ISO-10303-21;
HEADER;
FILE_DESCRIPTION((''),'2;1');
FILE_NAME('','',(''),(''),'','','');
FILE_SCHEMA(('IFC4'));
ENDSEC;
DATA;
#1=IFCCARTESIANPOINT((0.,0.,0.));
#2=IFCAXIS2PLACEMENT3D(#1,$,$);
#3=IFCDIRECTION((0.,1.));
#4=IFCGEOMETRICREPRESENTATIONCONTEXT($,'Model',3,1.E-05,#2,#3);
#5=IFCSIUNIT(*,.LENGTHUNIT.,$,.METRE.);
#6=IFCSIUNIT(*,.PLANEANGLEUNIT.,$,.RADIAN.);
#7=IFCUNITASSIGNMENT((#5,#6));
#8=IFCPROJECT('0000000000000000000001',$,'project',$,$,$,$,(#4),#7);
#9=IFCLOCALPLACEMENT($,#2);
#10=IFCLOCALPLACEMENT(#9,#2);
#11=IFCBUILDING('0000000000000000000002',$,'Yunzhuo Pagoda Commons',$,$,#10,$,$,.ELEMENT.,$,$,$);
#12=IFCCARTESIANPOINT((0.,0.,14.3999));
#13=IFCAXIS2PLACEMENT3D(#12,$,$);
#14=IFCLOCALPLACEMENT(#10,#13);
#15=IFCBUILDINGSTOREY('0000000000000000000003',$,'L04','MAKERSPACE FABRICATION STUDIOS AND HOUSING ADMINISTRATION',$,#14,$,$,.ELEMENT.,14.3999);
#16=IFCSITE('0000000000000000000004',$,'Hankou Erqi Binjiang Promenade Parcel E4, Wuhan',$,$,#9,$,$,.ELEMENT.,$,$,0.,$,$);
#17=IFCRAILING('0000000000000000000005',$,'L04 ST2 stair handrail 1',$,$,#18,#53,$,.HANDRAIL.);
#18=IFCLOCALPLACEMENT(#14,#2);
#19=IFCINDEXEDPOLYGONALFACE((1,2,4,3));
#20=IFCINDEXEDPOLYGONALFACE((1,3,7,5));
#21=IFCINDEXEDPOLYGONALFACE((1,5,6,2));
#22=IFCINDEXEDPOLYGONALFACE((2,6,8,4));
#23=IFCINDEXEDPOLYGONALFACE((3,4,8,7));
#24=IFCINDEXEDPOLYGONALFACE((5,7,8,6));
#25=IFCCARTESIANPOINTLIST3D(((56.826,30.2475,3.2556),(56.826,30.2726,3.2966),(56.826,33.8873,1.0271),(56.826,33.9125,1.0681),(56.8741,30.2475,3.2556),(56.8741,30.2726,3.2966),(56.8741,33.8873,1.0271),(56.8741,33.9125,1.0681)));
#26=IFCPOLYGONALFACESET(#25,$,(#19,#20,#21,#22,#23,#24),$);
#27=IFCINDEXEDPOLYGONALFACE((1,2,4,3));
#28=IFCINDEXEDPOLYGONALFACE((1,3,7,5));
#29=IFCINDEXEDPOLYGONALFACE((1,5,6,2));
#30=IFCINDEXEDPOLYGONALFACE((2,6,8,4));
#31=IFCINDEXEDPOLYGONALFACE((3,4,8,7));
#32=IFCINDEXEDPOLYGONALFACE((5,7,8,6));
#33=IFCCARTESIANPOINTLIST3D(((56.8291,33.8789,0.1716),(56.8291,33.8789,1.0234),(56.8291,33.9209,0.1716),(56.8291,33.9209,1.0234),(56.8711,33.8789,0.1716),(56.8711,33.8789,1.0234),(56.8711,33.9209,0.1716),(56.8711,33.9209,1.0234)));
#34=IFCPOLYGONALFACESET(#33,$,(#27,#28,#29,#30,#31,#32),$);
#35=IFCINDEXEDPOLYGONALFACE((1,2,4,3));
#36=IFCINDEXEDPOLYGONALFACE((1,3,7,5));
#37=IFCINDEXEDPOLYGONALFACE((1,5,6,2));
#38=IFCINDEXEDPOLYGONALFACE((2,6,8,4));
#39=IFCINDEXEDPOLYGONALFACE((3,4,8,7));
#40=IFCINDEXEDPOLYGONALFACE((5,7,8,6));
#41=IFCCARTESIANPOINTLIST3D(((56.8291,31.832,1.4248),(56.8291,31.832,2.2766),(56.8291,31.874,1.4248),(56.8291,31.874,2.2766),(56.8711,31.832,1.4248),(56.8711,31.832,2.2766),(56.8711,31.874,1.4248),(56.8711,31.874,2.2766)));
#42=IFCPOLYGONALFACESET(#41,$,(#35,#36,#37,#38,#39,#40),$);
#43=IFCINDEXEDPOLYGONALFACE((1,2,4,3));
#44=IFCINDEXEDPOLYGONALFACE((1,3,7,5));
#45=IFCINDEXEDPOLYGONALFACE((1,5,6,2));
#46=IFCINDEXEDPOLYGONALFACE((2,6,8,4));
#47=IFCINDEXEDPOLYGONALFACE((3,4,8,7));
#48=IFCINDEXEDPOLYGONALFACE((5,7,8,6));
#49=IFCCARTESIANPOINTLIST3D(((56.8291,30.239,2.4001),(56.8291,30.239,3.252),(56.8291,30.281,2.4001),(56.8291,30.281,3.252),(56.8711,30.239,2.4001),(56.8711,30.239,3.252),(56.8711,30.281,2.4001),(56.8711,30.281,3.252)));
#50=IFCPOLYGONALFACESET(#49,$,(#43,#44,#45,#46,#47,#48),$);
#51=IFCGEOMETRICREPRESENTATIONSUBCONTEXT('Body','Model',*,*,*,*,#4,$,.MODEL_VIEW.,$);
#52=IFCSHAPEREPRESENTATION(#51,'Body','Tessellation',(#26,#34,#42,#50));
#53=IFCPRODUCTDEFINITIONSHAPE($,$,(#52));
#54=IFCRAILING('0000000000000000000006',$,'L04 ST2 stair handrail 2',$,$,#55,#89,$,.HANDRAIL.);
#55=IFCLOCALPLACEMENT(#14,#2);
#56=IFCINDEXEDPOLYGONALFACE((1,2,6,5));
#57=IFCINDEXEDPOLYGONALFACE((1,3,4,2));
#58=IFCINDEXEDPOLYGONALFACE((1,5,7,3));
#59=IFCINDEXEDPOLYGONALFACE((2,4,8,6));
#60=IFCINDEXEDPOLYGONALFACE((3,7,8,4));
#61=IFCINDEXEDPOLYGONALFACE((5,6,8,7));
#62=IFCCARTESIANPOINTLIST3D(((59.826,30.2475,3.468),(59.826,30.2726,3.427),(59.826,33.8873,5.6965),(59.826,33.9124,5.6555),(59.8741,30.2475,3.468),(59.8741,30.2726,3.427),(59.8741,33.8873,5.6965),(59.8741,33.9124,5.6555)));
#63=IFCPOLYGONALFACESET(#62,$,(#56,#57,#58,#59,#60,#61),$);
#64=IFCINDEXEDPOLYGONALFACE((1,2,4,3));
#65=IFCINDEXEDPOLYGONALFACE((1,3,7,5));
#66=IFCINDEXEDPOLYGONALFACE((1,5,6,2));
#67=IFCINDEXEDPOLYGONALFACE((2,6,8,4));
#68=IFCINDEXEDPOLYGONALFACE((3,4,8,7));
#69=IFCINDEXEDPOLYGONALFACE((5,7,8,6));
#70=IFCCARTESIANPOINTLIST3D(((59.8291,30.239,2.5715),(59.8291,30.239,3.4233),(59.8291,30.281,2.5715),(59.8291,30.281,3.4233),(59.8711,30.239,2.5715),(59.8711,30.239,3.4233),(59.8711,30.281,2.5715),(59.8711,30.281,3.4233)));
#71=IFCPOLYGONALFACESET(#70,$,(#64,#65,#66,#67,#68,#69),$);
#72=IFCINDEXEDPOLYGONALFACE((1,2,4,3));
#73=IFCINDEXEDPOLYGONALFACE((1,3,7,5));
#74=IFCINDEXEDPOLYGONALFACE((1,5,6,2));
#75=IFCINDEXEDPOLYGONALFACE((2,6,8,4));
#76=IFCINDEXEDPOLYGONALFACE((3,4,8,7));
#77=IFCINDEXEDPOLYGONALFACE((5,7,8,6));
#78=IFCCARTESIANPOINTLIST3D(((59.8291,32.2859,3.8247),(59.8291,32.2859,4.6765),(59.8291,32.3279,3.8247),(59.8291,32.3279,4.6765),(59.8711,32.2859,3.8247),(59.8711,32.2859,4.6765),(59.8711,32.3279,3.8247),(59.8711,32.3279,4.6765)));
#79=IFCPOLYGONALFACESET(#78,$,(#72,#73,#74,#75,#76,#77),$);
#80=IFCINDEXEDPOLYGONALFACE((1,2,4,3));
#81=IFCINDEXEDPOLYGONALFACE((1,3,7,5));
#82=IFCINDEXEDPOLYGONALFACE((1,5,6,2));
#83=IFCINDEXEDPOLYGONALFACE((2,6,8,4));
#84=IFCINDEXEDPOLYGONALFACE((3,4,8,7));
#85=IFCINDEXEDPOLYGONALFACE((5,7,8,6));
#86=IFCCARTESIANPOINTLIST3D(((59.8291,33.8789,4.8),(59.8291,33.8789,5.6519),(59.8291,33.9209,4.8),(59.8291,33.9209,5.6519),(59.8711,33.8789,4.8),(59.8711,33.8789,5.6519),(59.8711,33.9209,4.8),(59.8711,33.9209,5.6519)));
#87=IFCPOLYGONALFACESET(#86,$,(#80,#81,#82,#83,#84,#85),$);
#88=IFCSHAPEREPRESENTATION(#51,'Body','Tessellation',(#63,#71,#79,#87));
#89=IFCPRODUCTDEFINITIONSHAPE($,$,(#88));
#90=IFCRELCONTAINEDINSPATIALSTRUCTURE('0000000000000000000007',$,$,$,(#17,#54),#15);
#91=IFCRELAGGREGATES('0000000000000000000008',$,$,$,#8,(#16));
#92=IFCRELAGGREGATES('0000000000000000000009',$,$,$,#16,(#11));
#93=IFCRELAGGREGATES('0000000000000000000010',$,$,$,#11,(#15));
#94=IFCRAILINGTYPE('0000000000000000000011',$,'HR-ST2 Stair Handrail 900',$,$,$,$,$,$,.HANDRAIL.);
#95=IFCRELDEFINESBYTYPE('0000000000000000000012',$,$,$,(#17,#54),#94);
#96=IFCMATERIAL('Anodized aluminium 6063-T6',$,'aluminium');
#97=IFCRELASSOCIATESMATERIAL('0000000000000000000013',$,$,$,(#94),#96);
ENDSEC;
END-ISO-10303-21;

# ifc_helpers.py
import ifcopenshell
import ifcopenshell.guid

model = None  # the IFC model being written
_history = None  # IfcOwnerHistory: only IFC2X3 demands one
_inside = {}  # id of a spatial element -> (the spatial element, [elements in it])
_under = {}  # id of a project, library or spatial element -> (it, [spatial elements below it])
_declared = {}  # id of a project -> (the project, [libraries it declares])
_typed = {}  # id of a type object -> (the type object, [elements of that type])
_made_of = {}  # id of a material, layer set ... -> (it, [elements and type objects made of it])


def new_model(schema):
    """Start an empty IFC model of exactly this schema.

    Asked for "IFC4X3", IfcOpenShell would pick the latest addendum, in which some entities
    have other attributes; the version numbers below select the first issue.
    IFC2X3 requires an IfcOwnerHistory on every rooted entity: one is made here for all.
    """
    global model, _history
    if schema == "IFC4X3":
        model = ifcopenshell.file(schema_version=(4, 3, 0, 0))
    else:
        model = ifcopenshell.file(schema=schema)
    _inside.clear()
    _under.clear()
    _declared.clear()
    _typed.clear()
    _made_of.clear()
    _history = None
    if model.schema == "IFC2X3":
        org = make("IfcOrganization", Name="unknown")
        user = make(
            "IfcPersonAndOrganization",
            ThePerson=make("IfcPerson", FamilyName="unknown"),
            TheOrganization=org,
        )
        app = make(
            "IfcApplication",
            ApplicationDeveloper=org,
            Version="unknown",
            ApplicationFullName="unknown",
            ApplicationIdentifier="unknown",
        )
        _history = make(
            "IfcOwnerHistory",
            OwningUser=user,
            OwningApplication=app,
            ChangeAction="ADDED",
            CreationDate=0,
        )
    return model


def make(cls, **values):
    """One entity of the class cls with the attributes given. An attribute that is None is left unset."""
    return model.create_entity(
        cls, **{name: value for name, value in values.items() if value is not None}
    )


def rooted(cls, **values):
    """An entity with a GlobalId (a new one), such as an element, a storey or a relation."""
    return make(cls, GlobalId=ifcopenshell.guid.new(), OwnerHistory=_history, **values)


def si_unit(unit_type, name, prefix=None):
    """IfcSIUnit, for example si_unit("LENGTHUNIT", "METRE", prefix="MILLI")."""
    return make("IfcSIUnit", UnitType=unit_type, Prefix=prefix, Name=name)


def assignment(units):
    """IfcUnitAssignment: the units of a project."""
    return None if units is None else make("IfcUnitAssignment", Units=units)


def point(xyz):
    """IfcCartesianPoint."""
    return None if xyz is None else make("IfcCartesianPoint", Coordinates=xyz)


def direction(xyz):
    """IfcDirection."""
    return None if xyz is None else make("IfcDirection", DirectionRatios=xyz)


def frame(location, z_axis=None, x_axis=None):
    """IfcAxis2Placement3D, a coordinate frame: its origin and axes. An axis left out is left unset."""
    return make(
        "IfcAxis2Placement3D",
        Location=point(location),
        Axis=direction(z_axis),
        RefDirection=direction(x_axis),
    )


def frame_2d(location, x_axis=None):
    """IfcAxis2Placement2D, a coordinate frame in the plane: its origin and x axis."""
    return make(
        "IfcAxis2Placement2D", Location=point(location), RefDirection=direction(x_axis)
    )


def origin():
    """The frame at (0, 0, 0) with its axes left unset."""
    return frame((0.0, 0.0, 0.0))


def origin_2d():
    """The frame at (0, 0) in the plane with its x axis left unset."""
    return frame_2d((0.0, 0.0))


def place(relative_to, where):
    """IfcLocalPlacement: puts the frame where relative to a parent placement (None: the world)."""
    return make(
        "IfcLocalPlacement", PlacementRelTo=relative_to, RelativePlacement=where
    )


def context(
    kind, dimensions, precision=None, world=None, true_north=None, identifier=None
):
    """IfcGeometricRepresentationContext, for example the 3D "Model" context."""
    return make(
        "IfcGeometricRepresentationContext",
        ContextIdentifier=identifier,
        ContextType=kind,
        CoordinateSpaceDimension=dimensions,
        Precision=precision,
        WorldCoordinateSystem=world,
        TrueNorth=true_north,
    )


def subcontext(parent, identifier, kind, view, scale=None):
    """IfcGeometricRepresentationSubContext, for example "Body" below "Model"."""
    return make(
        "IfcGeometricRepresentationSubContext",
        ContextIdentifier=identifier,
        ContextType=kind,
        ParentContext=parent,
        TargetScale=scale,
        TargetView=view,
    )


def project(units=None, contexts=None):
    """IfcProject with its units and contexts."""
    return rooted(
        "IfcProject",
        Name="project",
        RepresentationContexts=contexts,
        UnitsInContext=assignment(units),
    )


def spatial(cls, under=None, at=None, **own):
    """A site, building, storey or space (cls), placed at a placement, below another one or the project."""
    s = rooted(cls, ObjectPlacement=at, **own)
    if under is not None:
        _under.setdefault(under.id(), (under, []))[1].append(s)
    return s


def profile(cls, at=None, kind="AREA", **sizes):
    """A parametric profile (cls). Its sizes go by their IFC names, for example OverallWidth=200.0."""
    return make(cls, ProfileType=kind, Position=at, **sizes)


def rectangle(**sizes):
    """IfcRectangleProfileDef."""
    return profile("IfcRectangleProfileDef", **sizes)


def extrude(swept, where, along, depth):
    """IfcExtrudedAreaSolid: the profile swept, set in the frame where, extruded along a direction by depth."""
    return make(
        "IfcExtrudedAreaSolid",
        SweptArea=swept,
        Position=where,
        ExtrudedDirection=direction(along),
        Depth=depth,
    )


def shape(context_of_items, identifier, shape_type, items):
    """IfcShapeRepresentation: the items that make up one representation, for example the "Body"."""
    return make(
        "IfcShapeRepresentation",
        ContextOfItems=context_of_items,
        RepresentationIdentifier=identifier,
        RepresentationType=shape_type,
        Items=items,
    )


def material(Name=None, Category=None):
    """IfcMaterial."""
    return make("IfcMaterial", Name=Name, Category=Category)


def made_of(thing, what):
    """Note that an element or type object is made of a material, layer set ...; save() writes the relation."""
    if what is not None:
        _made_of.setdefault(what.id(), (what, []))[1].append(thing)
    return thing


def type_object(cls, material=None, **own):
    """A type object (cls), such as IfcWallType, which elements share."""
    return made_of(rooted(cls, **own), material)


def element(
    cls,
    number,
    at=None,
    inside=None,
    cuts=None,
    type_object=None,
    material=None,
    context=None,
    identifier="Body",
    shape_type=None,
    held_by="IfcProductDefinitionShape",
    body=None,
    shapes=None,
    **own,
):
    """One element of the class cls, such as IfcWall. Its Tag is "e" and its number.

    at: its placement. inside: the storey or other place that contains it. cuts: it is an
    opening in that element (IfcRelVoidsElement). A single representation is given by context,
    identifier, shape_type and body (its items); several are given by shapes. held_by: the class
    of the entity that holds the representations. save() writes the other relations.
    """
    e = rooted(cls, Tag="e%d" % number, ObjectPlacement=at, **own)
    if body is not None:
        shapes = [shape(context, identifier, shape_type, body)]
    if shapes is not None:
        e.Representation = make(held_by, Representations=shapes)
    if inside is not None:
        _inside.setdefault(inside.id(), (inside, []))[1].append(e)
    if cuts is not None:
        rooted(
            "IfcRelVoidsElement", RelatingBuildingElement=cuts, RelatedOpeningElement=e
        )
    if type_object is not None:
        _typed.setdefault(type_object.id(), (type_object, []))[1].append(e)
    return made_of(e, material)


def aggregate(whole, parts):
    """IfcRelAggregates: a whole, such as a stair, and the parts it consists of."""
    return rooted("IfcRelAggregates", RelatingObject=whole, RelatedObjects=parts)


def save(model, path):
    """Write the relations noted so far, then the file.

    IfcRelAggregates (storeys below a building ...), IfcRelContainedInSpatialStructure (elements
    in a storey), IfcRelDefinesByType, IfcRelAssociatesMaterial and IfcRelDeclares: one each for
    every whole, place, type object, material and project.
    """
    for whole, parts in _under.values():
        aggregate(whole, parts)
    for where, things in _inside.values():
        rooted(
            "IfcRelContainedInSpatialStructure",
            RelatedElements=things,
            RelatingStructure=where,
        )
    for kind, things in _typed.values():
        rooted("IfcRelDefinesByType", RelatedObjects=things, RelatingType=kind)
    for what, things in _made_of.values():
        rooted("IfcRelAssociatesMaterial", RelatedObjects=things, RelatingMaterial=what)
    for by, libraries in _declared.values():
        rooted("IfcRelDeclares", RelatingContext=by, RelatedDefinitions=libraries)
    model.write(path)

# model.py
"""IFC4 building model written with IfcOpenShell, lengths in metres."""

from ifc_helpers import new_model, si_unit, direction, frame, origin, origin_2d, place, context, subcontext, project, spatial, rectangle, extrude, material, type_object, element, save


model = new_model("IFC4")

# Units and contexts
model_context = context("Model", 3, precision=1e-05, world=origin(), true_north=direction((0.0, 1.0)))
body_context = subcontext(model_context, "Body", "Model", "MODEL_VIEW")
ifc_project = project(units=[si_unit("LENGTHUNIT", "METRE"), si_unit("PLANEANGLEUNIT", "RADIAN")], contexts=[model_context])

# Site, building, storey
site_placement = place(None, origin())
site = spatial("IfcSite", under=ifc_project, at=site_placement, Name="Hankou Erqi Binjiang Promenade Parcel E4, Wuhan", CompositionType="ELEMENT", RefElevation=0.0)
building_placement = place(site_placement, origin())
building = spatial("IfcBuilding", under=site, at=building_placement, Name="Yunzhuo Pagoda Commons", CompositionType="ELEMENT")
storey_placement = place(building_placement, frame((0.0, 0.0, 14.3999)))
storey = spatial("IfcBuildingStorey", under=building, at=storey_placement, Name="L04", Description="MAKERSPACE FABRICATION STUDIOS AND HOUSING ADMINISTRATION", CompositionType="ELEMENT", Elevation=14.3999)

# Shared definitions
ifc_material_1 = material(Name="Anodized aluminium 6063-T6", Category="aluminium")

# Railings
railing_type_1 = type_object("IfcRailingType", Name="HR-ST2 Stair Handrail 900", PredefinedType="HANDRAIL", material=ifc_material_1)
railing_1_placement = place(storey_placement, frame((56.8501, 33.8999, 0.1716)))
element("IfcRailing", 1, at=railing_1_placement, inside=storey, type_object=railing_type_1, Name="L04 ST2 stair handrail 1", PredefinedType="HANDRAIL", context=body_context, shape_type="SweptSolid", body=[
    extrude(rectangle(XDim=0.0481, YDim=0.0481, at=origin_2d()), frame((0.0, 0.0, 0.876), z_axis=(0.0, -0.85285, 0.522156), x_axis=(1.0, 0.0, 0.0)), (0.0, 0.0, 1.0), 4.2678),
    extrude(rectangle(XDim=0.042, YDim=0.042, at=origin_2d()), origin(), (0.0, 0.0, 1.0), 0.8518),
    extrude(rectangle(XDim=0.042, YDim=0.042, at=origin_2d()), frame((0.0, -2.0469, 1.2532)), (0.0, 0.0, 1.0), 0.8518),
    extrude(rectangle(XDim=0.042, YDim=0.042, at=origin_2d()), frame((0.0, -3.6399, 2.2285)), (0.0, 0.0, 1.0), 0.8518),
])
railing_2_placement = place(storey_placement, frame((59.8501, 30.26, 2.5715)))
element("IfcRailing", 2, at=railing_2_placement, inside=storey, type_object=railing_type_1, Name="L04 ST2 stair handrail 2", PredefinedType="HANDRAIL", context=body_context, shape_type="SweptSolid", body=[
    extrude(rectangle(XDim=0.0481, YDim=0.0481, at=origin_2d()), frame((0.0, 0.0, 0.876), z_axis=(0.0, 0.85285, 0.522156), x_axis=(-1.0, 0.0, 0.0)), (0.0, 0.0, 1.0), 4.2678),
    extrude(rectangle(XDim=0.042, YDim=0.042, at=origin_2d()), origin(), (0.0, 0.0, 1.0), 0.8518),
    extrude(rectangle(XDim=0.042, YDim=0.042, at=origin_2d()), frame((0.0, 2.0469, 1.2532)), (0.0, 0.0, 1.0), 0.8518),
    extrude(rectangle(XDim=0.042, YDim=0.042, at=origin_2d()), frame((0.0, 3.6399, 2.2285)), (0.0, 0.0, 1.0), 0.8518),
])

save(model, "model.ifc")
